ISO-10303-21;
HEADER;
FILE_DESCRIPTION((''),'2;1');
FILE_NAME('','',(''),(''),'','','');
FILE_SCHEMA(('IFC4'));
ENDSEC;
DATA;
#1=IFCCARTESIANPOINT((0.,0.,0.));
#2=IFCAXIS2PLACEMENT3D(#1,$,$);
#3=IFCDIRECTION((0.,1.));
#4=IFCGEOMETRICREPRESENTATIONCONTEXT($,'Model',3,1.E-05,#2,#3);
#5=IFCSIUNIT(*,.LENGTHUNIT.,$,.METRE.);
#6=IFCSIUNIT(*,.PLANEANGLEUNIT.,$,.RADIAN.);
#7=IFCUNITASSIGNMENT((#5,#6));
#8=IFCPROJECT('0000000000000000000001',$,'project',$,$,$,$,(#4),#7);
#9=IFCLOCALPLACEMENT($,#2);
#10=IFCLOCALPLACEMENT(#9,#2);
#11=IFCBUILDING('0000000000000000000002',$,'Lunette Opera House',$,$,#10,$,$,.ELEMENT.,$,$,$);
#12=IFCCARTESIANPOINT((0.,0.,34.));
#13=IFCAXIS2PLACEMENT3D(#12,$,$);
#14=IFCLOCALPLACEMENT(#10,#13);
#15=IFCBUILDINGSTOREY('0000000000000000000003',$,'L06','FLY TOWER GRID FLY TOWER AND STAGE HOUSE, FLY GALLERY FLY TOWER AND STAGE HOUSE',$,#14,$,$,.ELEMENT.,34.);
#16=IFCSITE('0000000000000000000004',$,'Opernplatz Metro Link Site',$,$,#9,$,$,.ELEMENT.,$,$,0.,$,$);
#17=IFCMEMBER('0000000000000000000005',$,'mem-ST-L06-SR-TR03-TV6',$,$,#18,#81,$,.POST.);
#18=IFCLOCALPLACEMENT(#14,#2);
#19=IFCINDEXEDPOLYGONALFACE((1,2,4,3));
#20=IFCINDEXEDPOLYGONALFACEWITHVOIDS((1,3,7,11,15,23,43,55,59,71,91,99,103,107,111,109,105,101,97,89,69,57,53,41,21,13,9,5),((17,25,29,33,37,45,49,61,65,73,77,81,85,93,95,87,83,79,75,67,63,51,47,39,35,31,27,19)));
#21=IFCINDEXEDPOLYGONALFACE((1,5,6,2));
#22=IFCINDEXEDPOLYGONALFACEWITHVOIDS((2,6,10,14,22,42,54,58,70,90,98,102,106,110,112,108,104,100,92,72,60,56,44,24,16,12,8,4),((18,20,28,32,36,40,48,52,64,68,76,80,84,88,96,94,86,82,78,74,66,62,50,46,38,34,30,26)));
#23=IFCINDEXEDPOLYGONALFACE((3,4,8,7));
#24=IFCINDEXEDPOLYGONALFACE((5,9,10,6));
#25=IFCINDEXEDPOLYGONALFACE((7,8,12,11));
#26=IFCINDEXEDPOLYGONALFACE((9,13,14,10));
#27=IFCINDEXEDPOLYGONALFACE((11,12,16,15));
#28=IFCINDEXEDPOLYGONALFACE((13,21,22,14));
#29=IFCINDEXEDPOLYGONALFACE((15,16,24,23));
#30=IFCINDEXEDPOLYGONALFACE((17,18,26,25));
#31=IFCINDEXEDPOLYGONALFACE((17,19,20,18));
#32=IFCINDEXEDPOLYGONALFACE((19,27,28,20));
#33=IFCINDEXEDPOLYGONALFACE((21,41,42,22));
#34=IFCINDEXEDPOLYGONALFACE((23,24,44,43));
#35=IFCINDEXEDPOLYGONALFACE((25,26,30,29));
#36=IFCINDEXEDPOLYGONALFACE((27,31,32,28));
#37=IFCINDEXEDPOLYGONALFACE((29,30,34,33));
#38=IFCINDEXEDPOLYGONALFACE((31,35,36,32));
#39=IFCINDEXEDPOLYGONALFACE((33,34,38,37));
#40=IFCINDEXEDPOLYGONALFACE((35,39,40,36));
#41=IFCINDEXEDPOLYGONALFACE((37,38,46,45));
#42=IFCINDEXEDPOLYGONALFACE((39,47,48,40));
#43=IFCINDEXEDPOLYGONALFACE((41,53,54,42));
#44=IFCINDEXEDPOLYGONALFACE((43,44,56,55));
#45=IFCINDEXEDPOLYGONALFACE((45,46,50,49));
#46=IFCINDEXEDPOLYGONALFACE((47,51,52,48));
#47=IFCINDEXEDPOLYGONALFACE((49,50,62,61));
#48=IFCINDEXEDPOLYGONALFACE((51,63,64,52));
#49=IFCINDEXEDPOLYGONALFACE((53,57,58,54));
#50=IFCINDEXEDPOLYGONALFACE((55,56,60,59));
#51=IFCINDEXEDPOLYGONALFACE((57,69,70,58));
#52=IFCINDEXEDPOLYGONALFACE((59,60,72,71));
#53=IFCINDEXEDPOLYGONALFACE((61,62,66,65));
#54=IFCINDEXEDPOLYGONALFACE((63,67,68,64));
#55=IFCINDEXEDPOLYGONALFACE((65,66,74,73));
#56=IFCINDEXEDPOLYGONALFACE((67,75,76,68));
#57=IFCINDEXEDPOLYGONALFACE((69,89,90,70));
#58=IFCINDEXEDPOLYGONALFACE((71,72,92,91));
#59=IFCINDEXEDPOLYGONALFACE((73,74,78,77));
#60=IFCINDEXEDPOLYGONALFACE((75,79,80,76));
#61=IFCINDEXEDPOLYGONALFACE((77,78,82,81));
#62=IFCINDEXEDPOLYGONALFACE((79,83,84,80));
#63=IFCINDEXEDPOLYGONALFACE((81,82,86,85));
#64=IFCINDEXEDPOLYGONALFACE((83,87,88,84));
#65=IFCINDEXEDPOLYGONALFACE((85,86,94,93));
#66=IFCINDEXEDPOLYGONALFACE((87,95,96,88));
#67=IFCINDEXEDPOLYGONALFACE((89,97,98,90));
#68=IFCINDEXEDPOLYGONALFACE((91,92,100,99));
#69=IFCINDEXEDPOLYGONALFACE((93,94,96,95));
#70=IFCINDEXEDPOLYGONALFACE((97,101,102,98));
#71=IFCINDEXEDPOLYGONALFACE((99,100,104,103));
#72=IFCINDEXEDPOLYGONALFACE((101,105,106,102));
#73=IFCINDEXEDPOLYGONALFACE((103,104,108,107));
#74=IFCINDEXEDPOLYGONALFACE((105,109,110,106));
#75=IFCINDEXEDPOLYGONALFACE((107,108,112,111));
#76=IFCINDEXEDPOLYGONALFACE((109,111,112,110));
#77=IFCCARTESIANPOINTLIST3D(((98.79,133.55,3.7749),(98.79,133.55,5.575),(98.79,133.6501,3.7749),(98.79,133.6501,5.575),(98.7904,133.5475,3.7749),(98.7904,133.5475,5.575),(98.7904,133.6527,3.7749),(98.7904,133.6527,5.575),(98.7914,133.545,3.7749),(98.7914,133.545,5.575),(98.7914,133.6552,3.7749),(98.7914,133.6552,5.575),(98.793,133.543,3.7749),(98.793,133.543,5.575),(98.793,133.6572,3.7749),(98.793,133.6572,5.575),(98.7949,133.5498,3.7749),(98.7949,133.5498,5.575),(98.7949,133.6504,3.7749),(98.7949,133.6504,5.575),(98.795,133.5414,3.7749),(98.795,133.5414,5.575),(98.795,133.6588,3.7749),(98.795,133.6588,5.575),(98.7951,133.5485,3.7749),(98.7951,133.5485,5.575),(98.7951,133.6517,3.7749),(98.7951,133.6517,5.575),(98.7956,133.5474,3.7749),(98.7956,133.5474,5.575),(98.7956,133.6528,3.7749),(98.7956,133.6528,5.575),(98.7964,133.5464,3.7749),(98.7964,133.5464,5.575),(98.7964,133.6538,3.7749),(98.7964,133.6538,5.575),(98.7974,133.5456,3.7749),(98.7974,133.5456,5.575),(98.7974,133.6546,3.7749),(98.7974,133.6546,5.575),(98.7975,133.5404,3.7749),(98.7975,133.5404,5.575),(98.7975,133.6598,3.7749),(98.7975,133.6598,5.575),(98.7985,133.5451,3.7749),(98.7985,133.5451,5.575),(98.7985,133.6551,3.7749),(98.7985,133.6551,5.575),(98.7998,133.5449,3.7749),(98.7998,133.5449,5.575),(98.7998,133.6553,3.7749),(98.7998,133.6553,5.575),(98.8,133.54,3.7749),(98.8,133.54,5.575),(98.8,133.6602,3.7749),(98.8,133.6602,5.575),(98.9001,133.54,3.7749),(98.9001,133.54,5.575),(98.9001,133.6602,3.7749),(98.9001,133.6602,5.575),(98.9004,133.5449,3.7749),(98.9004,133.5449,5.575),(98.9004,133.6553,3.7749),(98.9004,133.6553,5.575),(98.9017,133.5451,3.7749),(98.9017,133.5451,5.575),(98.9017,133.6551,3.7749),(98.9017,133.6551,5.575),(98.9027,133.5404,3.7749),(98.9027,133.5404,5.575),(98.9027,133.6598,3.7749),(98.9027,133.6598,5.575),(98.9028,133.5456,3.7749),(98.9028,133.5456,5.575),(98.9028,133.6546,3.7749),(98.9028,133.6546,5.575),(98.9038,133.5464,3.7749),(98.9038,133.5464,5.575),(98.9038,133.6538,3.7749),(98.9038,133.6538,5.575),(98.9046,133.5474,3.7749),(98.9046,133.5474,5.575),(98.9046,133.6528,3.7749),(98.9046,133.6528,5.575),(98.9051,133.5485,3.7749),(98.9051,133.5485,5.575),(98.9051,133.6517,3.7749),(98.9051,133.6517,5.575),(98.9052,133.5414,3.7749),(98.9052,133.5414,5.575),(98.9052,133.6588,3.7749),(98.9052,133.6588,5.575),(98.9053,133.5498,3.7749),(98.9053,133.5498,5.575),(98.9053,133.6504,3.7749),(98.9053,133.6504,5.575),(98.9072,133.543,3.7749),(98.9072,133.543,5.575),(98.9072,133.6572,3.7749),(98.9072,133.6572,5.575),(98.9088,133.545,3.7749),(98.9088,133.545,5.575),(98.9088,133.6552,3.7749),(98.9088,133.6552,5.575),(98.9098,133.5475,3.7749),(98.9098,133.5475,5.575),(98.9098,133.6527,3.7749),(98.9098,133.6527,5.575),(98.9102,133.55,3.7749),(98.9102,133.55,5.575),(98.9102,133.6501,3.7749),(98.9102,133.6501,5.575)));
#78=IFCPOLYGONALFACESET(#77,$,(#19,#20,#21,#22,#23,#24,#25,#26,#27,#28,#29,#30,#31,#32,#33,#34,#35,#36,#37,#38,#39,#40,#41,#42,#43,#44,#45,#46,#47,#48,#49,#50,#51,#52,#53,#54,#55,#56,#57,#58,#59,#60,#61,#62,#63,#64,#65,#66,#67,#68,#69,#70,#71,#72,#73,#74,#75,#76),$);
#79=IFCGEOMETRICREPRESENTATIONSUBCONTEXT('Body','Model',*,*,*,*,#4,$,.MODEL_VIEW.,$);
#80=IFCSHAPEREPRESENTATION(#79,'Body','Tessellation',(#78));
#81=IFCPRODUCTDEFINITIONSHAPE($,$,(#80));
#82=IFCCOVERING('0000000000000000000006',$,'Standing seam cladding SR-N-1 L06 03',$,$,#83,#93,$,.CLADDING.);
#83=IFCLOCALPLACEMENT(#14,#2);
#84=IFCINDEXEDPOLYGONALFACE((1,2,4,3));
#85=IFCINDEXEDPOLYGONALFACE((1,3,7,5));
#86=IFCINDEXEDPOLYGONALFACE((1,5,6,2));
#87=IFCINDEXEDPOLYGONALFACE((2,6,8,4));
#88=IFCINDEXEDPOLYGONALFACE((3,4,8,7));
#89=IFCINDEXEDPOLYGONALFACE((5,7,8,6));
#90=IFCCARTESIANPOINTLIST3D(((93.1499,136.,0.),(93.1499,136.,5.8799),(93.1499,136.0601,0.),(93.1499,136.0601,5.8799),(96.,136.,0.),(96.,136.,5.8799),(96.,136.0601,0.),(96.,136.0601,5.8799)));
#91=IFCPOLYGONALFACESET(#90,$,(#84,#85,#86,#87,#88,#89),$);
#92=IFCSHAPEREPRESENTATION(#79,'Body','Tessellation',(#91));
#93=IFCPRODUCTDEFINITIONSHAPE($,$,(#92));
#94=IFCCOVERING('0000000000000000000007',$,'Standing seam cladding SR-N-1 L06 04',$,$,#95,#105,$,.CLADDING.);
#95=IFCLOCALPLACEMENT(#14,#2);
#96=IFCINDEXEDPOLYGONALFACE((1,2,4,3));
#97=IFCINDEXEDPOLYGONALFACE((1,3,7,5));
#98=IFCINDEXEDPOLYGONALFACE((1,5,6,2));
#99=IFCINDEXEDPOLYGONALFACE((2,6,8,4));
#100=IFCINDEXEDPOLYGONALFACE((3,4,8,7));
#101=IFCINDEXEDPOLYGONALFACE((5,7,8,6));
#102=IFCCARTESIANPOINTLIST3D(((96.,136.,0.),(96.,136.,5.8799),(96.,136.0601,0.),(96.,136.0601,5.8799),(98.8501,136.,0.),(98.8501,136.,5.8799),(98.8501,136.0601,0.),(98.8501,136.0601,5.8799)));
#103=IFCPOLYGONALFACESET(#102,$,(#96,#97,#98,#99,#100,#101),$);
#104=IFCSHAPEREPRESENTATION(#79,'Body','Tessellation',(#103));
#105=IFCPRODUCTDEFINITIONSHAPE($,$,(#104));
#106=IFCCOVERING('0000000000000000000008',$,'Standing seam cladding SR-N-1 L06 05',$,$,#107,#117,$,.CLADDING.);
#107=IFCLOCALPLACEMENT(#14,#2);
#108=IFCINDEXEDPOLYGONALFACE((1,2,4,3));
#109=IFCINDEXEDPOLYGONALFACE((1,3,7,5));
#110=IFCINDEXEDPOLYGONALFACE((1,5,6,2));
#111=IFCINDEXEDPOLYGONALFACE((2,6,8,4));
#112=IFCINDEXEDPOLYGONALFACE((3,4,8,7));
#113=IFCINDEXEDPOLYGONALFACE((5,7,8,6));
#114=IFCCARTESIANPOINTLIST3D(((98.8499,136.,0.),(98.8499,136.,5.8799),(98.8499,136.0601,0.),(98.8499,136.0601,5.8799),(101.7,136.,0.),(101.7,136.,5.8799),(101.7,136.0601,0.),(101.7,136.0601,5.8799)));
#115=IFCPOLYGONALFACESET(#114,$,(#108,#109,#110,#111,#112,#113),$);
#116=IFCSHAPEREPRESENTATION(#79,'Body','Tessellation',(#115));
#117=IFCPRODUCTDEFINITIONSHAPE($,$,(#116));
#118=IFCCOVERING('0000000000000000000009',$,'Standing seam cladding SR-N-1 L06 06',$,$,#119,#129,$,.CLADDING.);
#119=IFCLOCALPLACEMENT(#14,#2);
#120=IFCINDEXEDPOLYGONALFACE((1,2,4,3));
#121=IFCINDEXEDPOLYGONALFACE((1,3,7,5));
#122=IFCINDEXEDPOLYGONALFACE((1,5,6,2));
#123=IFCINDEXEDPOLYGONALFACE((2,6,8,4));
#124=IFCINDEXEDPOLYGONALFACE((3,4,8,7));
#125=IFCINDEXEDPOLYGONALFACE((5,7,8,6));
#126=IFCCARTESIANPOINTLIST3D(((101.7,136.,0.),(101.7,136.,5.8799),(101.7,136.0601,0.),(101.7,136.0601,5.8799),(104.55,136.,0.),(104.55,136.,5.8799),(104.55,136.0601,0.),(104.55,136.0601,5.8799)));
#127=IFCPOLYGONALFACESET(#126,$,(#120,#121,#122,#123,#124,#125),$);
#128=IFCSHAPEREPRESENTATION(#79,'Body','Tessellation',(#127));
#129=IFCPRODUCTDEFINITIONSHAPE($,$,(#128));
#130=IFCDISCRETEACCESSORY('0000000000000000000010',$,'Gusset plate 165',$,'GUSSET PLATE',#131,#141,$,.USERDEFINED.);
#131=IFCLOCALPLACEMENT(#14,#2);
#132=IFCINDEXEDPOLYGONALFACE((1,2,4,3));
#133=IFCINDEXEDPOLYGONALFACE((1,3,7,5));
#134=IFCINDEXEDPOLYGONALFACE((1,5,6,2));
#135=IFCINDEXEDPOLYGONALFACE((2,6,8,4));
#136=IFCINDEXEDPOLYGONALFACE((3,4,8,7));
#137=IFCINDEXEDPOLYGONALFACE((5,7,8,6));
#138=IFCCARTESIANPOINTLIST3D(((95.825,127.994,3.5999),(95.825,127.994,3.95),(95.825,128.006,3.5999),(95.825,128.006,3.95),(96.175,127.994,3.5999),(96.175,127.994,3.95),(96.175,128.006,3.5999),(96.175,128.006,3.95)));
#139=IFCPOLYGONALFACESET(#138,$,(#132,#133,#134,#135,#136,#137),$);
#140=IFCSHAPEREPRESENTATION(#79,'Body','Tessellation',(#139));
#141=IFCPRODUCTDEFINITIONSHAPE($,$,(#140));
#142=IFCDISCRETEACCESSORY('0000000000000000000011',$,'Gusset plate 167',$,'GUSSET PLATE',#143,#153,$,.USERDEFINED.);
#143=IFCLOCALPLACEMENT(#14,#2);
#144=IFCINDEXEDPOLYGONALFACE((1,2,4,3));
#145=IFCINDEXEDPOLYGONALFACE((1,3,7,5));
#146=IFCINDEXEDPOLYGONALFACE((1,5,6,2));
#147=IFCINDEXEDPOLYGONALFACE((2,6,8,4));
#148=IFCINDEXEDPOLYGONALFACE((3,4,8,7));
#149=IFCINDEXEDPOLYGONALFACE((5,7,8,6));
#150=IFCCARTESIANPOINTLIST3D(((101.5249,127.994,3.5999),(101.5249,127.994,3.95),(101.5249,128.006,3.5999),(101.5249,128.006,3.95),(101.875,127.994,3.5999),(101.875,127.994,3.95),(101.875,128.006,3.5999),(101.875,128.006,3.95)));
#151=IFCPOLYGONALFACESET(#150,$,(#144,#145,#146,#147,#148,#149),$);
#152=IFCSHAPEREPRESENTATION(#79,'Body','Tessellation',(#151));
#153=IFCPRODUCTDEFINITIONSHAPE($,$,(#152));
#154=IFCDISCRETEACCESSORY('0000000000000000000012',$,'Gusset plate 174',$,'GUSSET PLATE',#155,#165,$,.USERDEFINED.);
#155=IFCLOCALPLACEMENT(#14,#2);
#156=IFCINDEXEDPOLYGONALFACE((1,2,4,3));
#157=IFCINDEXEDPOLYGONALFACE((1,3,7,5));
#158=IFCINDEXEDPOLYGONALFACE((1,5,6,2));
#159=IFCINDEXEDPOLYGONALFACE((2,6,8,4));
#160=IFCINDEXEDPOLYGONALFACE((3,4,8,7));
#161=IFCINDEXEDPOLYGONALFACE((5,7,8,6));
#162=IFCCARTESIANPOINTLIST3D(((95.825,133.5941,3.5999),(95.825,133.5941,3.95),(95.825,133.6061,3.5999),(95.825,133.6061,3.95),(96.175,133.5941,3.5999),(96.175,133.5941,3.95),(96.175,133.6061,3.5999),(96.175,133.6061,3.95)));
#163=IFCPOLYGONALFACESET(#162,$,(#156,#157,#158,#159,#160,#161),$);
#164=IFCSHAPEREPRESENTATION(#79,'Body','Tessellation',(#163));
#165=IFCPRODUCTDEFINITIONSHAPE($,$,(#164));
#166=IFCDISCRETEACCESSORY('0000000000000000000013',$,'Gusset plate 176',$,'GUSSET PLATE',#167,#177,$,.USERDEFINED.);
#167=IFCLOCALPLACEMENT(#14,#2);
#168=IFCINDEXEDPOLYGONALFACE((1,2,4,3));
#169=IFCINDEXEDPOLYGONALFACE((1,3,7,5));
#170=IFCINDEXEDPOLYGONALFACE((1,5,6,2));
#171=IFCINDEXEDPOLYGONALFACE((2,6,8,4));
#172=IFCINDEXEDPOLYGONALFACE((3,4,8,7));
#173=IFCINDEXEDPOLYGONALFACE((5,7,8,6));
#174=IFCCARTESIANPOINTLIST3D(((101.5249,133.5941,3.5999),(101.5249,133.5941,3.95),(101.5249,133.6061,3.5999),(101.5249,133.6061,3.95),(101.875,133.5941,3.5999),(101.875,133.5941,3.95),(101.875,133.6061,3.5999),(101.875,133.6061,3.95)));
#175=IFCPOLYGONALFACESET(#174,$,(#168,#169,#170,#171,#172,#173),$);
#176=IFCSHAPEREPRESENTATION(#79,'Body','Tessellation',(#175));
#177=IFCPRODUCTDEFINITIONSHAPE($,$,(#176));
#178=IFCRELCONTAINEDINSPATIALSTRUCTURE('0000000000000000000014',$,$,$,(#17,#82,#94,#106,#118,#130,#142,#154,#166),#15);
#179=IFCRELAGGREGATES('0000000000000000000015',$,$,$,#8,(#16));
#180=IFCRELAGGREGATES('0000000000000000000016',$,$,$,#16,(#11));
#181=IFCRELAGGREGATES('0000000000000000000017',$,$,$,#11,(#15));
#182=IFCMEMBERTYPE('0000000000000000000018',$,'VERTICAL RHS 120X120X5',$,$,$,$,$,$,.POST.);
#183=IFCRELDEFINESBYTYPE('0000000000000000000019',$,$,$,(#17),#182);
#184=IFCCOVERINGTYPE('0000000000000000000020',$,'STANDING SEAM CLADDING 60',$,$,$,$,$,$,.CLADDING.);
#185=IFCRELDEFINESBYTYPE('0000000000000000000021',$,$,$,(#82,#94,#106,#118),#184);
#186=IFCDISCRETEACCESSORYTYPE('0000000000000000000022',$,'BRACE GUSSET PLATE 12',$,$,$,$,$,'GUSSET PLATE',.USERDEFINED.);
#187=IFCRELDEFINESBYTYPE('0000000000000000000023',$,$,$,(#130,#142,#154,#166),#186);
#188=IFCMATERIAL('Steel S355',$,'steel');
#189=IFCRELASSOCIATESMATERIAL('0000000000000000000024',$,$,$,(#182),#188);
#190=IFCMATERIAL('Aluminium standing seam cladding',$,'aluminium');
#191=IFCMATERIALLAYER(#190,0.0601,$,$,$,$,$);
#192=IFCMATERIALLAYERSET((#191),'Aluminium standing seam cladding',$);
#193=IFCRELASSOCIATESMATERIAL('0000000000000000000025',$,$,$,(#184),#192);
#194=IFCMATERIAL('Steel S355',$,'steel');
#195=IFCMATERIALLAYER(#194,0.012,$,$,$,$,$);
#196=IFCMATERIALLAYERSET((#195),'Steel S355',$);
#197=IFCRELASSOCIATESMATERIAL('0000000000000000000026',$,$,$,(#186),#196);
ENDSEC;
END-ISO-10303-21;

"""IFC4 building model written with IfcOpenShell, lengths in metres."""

from ifc_helpers import new_model, si_unit, direction, frame, origin, origin_2d, place, context, subcontext, project, spatial, rectangle, hollow_rectangle, extrude, material, layer, layer_set, material_profile, profile_set, type_object, element, save


model = new_model("IFC4")

# Units and contexts
model_context = context("Model", 3, precision=1e-05, world=origin(), true_north=direction((0.0, 1.0)))
body_context = subcontext(model_context, "Body", "Model", "MODEL_VIEW")
ifc_project = project(units=[si_unit("LENGTHUNIT", "METRE"), si_unit("PLANEANGLEUNIT", "RADIAN")], contexts=[model_context])

# Site, building, storey
site_placement = place(None, origin())
site = spatial("IfcSite", under=ifc_project, at=site_placement, Name="Opernplatz Metro Link Site", CompositionType="ELEMENT", RefElevation=0.0)
building_placement = place(site_placement, origin())
building = spatial("IfcBuilding", under=site, at=building_placement, Name="Lunette Opera House", CompositionType="ELEMENT")
storey_placement = place(building_placement, frame((0.0, 0.0, 34.0)))
storey = spatial("IfcBuildingStorey", under=building, at=storey_placement, Name="L06", Description="FLY TOWER GRID FLY TOWER AND STAGE HOUSE, FLY GALLERY FLY TOWER AND STAGE HOUSE", CompositionType="ELEMENT", Elevation=34.0)

# Member
ifc_material_1 = material(Name="Steel S355", Category="steel")
ifc_material_profile_1 = material_profile(ifc_material_1, hollow_rectangle(XDim=0.1201, YDim=0.1201, WallThickness=0.0049, InnerFilletRadius=0.0049, OuterFilletRadius=0.01, at=origin_2d()), Name="RHS 120X120X5")
ifc_profile_set_1 = profile_set([ifc_material_profile_1], Name="Steel S355")
member_type_1 = type_object("IfcMemberType", Name="VERTICAL RHS 120X120X5", PredefinedType="POST", material=ifc_profile_set_1)
for number, where, z_axis, x_axis, name in (
    (1, (98.8501, 133.6001, 3.7749), (0.0, 0.0, 1.0), (1.0, 0.0, 0.0), "mem-ST-L06-SR-TR03-TV6"),
):
    element("IfcMember", number, at=place(storey_placement, frame(where, z_axis=z_axis, x_axis=x_axis)), inside=storey, type_object=member_type_1, Name=name, PredefinedType="POST", context=body_context, shape_type="SweptSolid", body=[
        extrude(hollow_rectangle(XDim=0.1201, YDim=0.1201, WallThickness=0.0049, InnerFilletRadius=0.0049, OuterFilletRadius=0.01, at=origin_2d()), origin(), (0.0, 0.0, 1.0), 1.8),
    ])

# Coverings
ifc_material_2 = material(Name="Aluminium standing seam cladding", Category="aluminium")
ifc_layer_1 = layer(ifc_material_2, 0.0601)
ifc_layer_set_1 = layer_set([ifc_layer_1], Name="Aluminium standing seam cladding")
covering_type = type_object("IfcCoveringType", Name="STANDING SEAM CLADDING 60", PredefinedType="CLADDING", material=ifc_layer_set_1)
for number, where, z_axis, x_axis, name in (
    (2, (94.575, 136.03, 0.0), (0.0, 0.0, 1.0), (1.0, 0.0, 0.0), "Standing seam cladding SR-N-1 L06 03"),
    (3, (97.425, 136.03, 0.0), (0.0, 0.0, 1.0), (1.0, 0.0, 0.0), "Standing seam cladding SR-N-1 L06 04"),
    (4, (100.2749, 136.03, 0.0), (0.0, 0.0, 1.0), (1.0, 0.0, 0.0), "Standing seam cladding SR-N-1 L06 05"),
    (5, (103.125, 136.03, 0.0), (0.0, 0.0, 1.0), (1.0, 0.0, 0.0), "Standing seam cladding SR-N-1 L06 06"),
):
    element("IfcCovering", number, at=place(storey_placement, frame(where, z_axis=z_axis, x_axis=x_axis)), inside=storey, type_object=covering_type, Name=name, PredefinedType="CLADDING", context=body_context, shape_type="SweptSolid", body=[
        extrude(rectangle(XDim=2.8501, YDim=0.0601, at=origin_2d()), origin(), (0.0, 0.0, 1.0), 5.8799),
    ])

# Discrete accessories
ifc_material_3 = material(Name="Steel S355", Category="steel")
ifc_layer_2 = layer(ifc_material_3, 0.012)
ifc_layer_set_2 = layer_set([ifc_layer_2], Name="Steel S355")
discrete_accessory_type = type_object("IfcDiscreteAccessoryType", Name="BRACE GUSSET PLATE 12", ElementType="GUSSET PLATE", PredefinedType="USERDEFINED", material=ifc_layer_set_2)
for number, where, z_axis, x_axis, name in (
    (6, (96.0, 128.0, 3.5999), (0.0, 0.0, 1.0), (1.0, 0.0, 0.0), "Gusset plate 165"),
    (7, (101.7, 128.0, 3.5999), (0.0, 0.0, 1.0), (1.0, 0.0, 0.0), "Gusset plate 167"),
    (8, (96.0, 133.6001, 3.5999), (0.0, 0.0, 1.0), (1.0, 0.0, 0.0), "Gusset plate 174"),
    (9, (101.7, 133.6001, 3.5999), (0.0, 0.0, 1.0), (1.0, 0.0, 0.0), "Gusset plate 176"),
):
    element("IfcDiscreteAccessory", number, at=place(storey_placement, frame(where, z_axis=z_axis, x_axis=x_axis)), inside=storey, type_object=discrete_accessory_type, Name=name, ObjectType="GUSSET PLATE", PredefinedType="USERDEFINED", context=body_context, shape_type="SweptSolid", body=[
        extrude(rectangle(XDim=0.3501, YDim=0.012, at=origin_2d()), origin(), (0.0, 0.0, 1.0), 0.3501),
    ])

save(model, "model.ifc")
